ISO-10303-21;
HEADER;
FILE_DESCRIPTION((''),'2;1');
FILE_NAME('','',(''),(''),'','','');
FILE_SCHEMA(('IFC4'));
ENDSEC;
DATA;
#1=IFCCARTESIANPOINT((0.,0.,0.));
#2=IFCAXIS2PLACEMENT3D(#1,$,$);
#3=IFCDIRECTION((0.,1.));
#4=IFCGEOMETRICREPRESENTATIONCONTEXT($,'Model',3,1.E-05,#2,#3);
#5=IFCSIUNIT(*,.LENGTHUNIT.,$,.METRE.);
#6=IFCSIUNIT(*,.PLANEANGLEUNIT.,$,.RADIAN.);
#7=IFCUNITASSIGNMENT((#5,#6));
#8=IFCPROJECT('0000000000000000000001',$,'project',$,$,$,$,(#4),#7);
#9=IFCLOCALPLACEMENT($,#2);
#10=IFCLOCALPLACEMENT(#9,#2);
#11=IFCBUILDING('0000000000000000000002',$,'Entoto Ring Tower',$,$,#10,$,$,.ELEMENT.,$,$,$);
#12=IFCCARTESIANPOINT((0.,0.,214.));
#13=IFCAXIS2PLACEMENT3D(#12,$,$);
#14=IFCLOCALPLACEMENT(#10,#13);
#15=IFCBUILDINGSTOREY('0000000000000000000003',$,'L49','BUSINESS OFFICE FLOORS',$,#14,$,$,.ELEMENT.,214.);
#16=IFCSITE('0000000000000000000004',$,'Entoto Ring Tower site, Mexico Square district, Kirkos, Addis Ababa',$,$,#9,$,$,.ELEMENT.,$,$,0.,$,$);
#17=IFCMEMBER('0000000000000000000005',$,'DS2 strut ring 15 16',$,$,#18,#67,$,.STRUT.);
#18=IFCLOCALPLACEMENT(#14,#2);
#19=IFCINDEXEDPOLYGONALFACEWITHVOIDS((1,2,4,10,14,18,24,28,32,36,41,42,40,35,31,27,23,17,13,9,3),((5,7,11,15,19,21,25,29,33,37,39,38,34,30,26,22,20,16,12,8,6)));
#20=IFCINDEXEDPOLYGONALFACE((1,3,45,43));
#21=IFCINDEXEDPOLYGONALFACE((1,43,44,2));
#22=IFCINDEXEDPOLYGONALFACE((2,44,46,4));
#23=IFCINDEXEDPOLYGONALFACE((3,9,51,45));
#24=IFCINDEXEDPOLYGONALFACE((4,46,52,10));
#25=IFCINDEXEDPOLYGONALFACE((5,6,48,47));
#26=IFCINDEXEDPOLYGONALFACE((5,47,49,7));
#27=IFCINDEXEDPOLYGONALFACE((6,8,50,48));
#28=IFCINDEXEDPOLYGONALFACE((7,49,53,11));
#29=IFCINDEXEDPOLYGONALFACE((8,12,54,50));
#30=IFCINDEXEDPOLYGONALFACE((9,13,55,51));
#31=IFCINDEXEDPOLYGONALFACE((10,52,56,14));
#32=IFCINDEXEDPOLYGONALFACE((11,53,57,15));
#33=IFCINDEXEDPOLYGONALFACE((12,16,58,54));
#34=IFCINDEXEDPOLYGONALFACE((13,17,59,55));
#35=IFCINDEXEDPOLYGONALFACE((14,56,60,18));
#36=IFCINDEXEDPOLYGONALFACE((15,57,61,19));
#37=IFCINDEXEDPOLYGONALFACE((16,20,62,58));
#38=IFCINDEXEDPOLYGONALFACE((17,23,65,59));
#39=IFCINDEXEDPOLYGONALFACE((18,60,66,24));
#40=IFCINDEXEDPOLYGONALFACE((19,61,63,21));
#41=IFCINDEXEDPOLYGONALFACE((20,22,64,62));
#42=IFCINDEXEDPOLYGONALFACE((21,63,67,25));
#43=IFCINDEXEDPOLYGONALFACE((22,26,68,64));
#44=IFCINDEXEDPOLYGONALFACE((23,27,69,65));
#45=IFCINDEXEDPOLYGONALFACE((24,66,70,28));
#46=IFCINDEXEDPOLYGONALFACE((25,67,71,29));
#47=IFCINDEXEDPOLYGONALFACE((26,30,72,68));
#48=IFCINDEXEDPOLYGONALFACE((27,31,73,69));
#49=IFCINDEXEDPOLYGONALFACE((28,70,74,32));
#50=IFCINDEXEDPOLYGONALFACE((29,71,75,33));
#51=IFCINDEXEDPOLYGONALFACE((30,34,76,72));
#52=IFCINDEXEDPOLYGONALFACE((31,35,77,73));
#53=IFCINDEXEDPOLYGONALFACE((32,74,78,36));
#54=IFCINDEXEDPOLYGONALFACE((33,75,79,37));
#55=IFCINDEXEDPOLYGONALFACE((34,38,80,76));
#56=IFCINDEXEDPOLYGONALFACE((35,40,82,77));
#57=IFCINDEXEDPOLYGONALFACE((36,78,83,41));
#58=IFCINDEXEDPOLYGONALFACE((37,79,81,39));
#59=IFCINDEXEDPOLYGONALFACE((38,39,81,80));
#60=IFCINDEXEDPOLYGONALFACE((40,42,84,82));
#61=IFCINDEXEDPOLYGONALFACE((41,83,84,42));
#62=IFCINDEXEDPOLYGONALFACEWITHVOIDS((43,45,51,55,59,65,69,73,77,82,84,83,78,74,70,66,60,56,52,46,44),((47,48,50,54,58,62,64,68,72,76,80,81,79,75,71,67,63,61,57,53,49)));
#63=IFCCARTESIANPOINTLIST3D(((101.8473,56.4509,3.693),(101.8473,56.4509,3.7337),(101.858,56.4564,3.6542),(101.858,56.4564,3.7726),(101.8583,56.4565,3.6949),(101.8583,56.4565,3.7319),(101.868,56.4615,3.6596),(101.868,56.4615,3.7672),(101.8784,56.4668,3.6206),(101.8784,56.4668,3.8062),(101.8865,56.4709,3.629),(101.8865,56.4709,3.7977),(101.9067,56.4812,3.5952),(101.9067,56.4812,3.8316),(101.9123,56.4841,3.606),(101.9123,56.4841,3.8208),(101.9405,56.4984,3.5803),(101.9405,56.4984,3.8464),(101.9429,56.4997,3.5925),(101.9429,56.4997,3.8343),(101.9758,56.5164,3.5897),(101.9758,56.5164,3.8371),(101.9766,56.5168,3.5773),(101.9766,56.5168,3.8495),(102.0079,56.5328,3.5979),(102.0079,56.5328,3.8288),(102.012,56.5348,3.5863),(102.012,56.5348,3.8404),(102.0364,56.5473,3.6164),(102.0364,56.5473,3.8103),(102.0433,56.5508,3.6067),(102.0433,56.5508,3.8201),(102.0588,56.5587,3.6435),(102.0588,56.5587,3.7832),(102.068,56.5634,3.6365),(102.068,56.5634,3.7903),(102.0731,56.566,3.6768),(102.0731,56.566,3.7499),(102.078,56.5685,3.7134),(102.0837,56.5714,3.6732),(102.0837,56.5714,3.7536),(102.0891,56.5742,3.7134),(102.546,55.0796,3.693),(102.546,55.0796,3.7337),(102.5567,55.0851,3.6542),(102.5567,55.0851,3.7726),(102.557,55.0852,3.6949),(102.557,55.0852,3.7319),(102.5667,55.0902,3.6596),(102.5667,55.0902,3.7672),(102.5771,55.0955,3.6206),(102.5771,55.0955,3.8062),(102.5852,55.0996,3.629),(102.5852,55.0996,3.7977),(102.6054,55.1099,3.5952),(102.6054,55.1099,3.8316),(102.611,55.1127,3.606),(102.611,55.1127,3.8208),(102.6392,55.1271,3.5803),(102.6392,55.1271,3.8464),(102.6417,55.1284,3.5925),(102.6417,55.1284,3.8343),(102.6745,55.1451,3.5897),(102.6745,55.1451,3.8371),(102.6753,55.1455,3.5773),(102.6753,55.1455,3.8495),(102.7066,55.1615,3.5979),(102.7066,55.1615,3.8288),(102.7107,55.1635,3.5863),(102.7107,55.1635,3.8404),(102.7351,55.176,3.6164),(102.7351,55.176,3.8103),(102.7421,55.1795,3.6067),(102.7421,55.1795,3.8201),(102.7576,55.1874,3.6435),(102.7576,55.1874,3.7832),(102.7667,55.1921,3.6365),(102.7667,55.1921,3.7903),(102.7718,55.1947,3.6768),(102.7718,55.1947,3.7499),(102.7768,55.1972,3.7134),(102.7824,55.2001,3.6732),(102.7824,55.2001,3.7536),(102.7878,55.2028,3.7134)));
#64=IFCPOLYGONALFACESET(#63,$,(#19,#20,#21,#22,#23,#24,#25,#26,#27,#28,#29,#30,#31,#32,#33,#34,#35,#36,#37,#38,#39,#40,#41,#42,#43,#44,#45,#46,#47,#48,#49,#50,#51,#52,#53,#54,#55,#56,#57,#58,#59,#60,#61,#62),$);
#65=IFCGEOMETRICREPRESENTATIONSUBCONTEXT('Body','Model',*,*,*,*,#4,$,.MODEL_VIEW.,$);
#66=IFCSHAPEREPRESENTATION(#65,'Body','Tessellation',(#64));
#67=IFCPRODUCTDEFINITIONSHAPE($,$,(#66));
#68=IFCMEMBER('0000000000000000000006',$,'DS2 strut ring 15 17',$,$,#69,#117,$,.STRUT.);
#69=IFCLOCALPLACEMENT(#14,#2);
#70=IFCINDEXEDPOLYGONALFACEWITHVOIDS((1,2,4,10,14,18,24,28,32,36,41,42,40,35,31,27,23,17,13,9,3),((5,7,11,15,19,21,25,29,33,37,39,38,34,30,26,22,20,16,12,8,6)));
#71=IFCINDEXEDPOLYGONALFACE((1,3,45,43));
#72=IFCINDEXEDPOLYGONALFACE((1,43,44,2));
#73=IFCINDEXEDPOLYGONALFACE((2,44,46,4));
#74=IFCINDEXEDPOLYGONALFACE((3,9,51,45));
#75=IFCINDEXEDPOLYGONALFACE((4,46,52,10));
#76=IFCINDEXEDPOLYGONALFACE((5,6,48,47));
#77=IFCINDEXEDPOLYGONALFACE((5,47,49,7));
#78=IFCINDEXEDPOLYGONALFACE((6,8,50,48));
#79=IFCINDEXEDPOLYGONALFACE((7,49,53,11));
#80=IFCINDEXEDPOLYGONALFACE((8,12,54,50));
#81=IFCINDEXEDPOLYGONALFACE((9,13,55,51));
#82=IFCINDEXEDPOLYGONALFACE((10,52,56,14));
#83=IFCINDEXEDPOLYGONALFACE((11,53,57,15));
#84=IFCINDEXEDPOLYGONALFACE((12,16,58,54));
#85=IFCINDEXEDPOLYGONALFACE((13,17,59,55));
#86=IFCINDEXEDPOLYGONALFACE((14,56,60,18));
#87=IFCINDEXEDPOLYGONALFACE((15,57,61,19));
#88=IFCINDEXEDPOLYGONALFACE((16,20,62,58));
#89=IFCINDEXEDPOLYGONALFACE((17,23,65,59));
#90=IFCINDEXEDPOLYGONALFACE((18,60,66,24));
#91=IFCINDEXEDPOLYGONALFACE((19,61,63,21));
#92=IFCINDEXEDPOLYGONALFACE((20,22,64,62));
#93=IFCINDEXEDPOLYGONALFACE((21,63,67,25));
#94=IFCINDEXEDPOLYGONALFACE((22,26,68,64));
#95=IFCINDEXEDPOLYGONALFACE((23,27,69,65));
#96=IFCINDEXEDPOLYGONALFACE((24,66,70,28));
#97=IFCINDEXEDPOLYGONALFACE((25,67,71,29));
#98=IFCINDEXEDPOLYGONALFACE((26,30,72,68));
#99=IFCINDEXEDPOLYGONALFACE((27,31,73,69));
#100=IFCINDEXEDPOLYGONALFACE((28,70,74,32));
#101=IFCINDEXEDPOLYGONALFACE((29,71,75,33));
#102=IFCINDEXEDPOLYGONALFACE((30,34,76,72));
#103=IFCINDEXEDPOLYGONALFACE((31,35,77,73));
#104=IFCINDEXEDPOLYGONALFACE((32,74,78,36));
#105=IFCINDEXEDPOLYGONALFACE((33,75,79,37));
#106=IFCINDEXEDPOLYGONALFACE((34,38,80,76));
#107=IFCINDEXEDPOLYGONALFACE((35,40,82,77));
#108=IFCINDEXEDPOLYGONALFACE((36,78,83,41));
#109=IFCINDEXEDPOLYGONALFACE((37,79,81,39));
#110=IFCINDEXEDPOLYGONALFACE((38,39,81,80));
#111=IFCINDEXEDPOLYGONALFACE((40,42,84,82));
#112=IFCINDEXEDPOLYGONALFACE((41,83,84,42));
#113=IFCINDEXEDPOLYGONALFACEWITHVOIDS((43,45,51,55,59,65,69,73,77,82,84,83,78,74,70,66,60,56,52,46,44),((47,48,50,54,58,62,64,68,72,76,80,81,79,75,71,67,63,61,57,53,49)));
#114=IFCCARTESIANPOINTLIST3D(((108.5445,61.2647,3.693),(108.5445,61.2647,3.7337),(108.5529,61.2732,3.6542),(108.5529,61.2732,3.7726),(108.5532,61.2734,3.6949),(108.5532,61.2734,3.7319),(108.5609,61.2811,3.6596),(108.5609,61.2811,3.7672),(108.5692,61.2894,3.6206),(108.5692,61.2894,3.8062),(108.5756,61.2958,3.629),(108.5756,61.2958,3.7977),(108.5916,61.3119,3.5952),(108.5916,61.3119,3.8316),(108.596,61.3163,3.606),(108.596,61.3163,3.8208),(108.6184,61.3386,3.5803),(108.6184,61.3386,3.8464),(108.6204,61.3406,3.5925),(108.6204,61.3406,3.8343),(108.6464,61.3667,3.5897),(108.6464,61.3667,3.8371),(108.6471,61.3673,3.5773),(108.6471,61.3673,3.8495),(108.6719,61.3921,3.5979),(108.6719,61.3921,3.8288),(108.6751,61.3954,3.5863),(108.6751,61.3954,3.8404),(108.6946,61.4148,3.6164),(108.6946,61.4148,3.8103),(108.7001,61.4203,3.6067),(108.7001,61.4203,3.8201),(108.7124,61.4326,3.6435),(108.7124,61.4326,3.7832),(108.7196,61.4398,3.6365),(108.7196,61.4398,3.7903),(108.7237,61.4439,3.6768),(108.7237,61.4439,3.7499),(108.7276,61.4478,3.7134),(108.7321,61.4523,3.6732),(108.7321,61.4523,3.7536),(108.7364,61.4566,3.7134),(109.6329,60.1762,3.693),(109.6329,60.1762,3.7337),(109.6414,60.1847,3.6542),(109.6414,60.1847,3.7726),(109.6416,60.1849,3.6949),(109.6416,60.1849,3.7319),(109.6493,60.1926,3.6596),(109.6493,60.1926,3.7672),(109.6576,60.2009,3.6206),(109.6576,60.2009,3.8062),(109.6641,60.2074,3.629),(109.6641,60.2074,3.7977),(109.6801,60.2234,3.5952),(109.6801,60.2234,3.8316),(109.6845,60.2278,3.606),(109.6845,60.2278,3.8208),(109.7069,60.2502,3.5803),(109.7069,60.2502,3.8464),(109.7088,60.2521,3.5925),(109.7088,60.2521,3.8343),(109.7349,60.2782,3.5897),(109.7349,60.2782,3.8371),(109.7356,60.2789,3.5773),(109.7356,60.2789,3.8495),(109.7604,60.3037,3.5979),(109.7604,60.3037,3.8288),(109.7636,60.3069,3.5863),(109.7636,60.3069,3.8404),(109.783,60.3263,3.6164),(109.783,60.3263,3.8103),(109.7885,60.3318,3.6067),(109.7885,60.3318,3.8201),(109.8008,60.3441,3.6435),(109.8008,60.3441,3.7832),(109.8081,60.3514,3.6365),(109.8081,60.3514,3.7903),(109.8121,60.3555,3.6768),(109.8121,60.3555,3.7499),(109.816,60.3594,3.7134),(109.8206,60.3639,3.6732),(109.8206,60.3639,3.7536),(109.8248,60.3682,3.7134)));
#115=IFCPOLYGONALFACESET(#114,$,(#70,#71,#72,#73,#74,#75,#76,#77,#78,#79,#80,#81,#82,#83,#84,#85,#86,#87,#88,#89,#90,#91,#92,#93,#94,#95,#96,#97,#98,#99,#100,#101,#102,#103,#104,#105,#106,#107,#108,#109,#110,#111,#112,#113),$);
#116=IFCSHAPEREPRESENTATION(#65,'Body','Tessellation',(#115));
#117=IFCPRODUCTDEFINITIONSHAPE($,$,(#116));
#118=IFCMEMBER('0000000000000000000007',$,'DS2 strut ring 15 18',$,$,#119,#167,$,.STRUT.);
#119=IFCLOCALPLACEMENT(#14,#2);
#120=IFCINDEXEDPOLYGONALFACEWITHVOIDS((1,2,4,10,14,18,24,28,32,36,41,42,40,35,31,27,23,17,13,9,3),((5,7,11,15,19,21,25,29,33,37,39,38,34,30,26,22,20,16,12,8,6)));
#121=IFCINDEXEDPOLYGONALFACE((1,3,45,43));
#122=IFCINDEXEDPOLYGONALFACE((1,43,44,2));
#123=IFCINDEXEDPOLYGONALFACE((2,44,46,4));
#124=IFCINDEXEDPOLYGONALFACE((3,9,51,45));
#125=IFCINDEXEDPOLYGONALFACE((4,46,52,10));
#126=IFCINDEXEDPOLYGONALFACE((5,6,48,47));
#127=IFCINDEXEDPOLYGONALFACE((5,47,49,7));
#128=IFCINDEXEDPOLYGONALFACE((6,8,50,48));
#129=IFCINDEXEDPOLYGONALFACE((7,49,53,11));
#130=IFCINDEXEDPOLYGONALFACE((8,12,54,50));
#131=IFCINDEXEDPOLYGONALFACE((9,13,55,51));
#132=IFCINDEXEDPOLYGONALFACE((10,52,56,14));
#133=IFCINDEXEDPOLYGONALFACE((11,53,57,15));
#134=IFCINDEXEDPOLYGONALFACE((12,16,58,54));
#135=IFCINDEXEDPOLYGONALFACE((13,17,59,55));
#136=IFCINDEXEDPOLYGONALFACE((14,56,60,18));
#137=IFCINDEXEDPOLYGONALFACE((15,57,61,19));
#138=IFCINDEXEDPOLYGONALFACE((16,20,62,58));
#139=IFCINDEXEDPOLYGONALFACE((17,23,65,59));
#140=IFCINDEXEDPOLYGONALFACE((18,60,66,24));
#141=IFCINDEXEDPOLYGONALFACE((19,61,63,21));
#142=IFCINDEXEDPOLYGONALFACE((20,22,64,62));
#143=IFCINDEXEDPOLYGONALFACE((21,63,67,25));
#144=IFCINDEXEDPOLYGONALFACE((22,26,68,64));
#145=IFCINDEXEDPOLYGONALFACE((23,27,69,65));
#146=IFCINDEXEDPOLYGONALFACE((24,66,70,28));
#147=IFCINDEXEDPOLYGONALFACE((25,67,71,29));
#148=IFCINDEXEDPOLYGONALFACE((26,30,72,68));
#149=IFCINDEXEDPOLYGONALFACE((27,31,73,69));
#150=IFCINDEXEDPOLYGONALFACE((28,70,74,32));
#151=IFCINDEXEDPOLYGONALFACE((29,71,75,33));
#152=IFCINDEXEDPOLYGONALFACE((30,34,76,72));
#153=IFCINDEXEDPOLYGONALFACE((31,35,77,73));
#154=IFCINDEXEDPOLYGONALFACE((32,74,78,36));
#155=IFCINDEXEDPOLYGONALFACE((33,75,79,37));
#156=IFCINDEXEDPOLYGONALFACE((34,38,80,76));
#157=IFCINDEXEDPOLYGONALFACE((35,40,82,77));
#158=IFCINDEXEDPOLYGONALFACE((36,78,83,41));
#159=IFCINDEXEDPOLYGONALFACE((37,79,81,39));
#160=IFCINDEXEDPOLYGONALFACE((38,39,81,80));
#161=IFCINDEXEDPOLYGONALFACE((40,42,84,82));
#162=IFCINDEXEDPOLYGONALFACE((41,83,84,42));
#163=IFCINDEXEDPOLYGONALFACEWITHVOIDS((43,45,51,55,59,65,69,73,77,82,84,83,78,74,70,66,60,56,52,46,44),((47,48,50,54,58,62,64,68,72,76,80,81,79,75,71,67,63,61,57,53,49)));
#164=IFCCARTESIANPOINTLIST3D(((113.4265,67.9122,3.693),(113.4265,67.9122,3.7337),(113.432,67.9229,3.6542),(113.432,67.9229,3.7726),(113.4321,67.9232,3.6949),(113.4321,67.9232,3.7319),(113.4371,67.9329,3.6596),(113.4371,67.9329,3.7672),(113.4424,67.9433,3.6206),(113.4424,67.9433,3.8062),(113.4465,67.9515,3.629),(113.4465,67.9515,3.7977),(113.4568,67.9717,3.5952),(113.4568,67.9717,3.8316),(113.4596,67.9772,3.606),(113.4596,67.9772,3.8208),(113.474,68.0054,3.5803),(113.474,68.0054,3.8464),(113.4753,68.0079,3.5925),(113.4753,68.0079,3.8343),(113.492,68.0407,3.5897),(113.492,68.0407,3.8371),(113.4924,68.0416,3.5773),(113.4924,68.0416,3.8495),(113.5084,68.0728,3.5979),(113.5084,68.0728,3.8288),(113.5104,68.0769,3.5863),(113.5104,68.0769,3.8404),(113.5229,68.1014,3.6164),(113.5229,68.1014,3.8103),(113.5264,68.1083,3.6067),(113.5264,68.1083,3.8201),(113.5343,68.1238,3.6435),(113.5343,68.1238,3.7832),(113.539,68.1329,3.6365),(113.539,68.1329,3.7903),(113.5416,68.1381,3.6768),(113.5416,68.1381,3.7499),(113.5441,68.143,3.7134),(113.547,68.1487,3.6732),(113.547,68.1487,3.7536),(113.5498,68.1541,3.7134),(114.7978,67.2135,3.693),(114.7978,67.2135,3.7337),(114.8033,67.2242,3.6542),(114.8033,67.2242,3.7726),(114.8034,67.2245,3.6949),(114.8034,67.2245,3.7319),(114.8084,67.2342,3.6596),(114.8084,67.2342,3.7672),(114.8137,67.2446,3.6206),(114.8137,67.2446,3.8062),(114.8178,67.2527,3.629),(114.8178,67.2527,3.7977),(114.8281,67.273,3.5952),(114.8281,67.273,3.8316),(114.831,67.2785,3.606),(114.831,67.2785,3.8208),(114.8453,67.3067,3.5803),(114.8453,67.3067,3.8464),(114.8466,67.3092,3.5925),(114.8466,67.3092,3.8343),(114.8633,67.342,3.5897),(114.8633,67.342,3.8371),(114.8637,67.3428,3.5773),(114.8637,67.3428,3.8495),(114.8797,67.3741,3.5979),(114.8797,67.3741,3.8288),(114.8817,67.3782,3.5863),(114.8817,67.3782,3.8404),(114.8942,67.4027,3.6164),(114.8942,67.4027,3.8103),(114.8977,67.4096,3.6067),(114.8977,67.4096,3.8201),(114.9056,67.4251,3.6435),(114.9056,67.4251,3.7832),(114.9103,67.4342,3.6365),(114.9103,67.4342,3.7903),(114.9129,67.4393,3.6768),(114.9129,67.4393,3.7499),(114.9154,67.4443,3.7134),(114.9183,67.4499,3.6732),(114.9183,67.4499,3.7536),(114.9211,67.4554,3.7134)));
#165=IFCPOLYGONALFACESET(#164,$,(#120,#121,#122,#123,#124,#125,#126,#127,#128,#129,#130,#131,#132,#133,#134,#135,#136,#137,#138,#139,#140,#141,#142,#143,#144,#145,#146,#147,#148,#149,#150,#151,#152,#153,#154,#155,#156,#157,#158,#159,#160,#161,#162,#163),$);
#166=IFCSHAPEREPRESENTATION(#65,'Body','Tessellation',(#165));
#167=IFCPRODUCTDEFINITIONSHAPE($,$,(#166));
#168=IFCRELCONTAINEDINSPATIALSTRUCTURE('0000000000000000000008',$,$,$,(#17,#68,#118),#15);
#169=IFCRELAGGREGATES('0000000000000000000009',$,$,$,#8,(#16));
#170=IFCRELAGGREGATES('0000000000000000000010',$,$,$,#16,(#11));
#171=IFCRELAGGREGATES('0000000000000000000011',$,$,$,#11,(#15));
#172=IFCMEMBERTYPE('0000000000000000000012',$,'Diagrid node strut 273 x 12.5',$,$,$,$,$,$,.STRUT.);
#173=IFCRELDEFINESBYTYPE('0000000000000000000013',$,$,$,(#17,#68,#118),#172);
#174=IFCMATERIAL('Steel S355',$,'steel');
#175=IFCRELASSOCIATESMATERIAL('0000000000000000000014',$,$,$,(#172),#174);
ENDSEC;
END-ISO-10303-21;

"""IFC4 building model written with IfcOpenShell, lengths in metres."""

from ifc_helpers import new_model, si_unit, direction, frame, origin, origin_2d, place, context, subcontext, project, spatial, circle, hollow_circle, extrude, material, material_profile, profile_set, type_object, element, save


model = new_model("IFC4")

# Units and contexts
model_context = context("Model", 3, precision=1e-05, world=origin(), true_north=direction((0.0, 1.0)))
body_context = subcontext(model_context, "Body", "Model", "MODEL_VIEW")
ifc_project = project(units=[si_unit("LENGTHUNIT", "METRE"), si_unit("PLANEANGLEUNIT", "RADIAN")], contexts=[model_context])

# Site, building, storey
site_placement = place(None, origin())
site = spatial("IfcSite", under=ifc_project, at=site_placement, Name="Entoto Ring Tower site, Mexico Square district, Kirkos, Addis Ababa", CompositionType="ELEMENT", RefElevation=0.0)
building_placement = place(site_placement, origin())
building = spatial("IfcBuilding", under=site, at=building_placement, Name="Entoto Ring Tower", CompositionType="ELEMENT")
storey_placement = place(building_placement, frame((0.0, 0.0, 214.0)))
storey = spatial("IfcBuildingStorey", under=building, at=storey_placement, Name="L49", Description="BUSINESS OFFICE FLOORS", CompositionType="ELEMENT", Elevation=214.0)

# Members
ifc_material_1 = material(Name="Steel S355", Category="steel")
ifc_material_profile_1 = material_profile(ifc_material_1, hollow_circle(Radius=0.1365, WallThickness=0.0125, at=origin_2d()), Name="CHS 273 x 12.5")
ifc_material_2 = material(Name="Concrete C60/75", Category="concrete")
ifc_material_profile_2 = material_profile(ifc_material_2, circle(Radius=0.124, at=origin_2d()), Name="Concrete C60/75 infill")
ifc_profile_set_1 = profile_set([ifc_material_profile_1, ifc_material_profile_2], Name="Steel S355")
member_type = type_object("IfcMemberType", Name="Diagrid node strut 273 x 12.5", PredefinedType="STRUT", material=ifc_profile_set_1)
member_1_placement = place(storey_placement, frame((101.9675, 56.5122, 3.7134), z_axis=(0.45399, -0.891007, 0.0), x_axis=(0.891007, 0.45399, 0.0)))
element("IfcMember", 1, at=member_1_placement, inside=storey, type_object=member_type, Name="DS2 strut ring 15 16", PredefinedType="STRUT", context=body_context, shape_type="SweptSolid", body=[
    extrude(hollow_circle(Radius=0.1365, WallThickness=0.0125, at=origin_2d()), origin(), (0.0, 0.0, 1.0), 1.5391),
])
member_2_placement = place(storey_placement, frame((108.6399, 61.3601, 3.7134), z_axis=(0.707107, -0.707107, 0.0), x_axis=(0.707107, 0.707107, 0.0)))
element("IfcMember", 2, at=member_2_placement, inside=storey, type_object=member_type, Name="DS2 strut ring 15 17", PredefinedType="STRUT", context=body_context, shape_type="SweptSolid", body=[
    extrude(hollow_circle(Radius=0.1365, WallThickness=0.0125, at=origin_2d()), origin(), (0.0, 0.0, 1.0), 1.5393),
])
for number, where, z_axis, x_axis, name in (
    (3, (113.4878, 68.0325, 3.7134), (0.891007, -0.45399, 0.0), (0.45399, 0.891007, 0.0), "DS2 strut ring 15 18"),
):
    element("IfcMember", number, at=place(storey_placement, frame(where, z_axis=z_axis, x_axis=x_axis)), inside=storey, type_object=member_type, Name=name, PredefinedType="STRUT", context=body_context, shape_type="SweptSolid", body=[
        extrude(hollow_circle(Radius=0.1365, WallThickness=0.0125, at=origin_2d()), origin(), (0.0, 0.0, 1.0), 1.5391),
    ])

save(model, "model.ifc")
